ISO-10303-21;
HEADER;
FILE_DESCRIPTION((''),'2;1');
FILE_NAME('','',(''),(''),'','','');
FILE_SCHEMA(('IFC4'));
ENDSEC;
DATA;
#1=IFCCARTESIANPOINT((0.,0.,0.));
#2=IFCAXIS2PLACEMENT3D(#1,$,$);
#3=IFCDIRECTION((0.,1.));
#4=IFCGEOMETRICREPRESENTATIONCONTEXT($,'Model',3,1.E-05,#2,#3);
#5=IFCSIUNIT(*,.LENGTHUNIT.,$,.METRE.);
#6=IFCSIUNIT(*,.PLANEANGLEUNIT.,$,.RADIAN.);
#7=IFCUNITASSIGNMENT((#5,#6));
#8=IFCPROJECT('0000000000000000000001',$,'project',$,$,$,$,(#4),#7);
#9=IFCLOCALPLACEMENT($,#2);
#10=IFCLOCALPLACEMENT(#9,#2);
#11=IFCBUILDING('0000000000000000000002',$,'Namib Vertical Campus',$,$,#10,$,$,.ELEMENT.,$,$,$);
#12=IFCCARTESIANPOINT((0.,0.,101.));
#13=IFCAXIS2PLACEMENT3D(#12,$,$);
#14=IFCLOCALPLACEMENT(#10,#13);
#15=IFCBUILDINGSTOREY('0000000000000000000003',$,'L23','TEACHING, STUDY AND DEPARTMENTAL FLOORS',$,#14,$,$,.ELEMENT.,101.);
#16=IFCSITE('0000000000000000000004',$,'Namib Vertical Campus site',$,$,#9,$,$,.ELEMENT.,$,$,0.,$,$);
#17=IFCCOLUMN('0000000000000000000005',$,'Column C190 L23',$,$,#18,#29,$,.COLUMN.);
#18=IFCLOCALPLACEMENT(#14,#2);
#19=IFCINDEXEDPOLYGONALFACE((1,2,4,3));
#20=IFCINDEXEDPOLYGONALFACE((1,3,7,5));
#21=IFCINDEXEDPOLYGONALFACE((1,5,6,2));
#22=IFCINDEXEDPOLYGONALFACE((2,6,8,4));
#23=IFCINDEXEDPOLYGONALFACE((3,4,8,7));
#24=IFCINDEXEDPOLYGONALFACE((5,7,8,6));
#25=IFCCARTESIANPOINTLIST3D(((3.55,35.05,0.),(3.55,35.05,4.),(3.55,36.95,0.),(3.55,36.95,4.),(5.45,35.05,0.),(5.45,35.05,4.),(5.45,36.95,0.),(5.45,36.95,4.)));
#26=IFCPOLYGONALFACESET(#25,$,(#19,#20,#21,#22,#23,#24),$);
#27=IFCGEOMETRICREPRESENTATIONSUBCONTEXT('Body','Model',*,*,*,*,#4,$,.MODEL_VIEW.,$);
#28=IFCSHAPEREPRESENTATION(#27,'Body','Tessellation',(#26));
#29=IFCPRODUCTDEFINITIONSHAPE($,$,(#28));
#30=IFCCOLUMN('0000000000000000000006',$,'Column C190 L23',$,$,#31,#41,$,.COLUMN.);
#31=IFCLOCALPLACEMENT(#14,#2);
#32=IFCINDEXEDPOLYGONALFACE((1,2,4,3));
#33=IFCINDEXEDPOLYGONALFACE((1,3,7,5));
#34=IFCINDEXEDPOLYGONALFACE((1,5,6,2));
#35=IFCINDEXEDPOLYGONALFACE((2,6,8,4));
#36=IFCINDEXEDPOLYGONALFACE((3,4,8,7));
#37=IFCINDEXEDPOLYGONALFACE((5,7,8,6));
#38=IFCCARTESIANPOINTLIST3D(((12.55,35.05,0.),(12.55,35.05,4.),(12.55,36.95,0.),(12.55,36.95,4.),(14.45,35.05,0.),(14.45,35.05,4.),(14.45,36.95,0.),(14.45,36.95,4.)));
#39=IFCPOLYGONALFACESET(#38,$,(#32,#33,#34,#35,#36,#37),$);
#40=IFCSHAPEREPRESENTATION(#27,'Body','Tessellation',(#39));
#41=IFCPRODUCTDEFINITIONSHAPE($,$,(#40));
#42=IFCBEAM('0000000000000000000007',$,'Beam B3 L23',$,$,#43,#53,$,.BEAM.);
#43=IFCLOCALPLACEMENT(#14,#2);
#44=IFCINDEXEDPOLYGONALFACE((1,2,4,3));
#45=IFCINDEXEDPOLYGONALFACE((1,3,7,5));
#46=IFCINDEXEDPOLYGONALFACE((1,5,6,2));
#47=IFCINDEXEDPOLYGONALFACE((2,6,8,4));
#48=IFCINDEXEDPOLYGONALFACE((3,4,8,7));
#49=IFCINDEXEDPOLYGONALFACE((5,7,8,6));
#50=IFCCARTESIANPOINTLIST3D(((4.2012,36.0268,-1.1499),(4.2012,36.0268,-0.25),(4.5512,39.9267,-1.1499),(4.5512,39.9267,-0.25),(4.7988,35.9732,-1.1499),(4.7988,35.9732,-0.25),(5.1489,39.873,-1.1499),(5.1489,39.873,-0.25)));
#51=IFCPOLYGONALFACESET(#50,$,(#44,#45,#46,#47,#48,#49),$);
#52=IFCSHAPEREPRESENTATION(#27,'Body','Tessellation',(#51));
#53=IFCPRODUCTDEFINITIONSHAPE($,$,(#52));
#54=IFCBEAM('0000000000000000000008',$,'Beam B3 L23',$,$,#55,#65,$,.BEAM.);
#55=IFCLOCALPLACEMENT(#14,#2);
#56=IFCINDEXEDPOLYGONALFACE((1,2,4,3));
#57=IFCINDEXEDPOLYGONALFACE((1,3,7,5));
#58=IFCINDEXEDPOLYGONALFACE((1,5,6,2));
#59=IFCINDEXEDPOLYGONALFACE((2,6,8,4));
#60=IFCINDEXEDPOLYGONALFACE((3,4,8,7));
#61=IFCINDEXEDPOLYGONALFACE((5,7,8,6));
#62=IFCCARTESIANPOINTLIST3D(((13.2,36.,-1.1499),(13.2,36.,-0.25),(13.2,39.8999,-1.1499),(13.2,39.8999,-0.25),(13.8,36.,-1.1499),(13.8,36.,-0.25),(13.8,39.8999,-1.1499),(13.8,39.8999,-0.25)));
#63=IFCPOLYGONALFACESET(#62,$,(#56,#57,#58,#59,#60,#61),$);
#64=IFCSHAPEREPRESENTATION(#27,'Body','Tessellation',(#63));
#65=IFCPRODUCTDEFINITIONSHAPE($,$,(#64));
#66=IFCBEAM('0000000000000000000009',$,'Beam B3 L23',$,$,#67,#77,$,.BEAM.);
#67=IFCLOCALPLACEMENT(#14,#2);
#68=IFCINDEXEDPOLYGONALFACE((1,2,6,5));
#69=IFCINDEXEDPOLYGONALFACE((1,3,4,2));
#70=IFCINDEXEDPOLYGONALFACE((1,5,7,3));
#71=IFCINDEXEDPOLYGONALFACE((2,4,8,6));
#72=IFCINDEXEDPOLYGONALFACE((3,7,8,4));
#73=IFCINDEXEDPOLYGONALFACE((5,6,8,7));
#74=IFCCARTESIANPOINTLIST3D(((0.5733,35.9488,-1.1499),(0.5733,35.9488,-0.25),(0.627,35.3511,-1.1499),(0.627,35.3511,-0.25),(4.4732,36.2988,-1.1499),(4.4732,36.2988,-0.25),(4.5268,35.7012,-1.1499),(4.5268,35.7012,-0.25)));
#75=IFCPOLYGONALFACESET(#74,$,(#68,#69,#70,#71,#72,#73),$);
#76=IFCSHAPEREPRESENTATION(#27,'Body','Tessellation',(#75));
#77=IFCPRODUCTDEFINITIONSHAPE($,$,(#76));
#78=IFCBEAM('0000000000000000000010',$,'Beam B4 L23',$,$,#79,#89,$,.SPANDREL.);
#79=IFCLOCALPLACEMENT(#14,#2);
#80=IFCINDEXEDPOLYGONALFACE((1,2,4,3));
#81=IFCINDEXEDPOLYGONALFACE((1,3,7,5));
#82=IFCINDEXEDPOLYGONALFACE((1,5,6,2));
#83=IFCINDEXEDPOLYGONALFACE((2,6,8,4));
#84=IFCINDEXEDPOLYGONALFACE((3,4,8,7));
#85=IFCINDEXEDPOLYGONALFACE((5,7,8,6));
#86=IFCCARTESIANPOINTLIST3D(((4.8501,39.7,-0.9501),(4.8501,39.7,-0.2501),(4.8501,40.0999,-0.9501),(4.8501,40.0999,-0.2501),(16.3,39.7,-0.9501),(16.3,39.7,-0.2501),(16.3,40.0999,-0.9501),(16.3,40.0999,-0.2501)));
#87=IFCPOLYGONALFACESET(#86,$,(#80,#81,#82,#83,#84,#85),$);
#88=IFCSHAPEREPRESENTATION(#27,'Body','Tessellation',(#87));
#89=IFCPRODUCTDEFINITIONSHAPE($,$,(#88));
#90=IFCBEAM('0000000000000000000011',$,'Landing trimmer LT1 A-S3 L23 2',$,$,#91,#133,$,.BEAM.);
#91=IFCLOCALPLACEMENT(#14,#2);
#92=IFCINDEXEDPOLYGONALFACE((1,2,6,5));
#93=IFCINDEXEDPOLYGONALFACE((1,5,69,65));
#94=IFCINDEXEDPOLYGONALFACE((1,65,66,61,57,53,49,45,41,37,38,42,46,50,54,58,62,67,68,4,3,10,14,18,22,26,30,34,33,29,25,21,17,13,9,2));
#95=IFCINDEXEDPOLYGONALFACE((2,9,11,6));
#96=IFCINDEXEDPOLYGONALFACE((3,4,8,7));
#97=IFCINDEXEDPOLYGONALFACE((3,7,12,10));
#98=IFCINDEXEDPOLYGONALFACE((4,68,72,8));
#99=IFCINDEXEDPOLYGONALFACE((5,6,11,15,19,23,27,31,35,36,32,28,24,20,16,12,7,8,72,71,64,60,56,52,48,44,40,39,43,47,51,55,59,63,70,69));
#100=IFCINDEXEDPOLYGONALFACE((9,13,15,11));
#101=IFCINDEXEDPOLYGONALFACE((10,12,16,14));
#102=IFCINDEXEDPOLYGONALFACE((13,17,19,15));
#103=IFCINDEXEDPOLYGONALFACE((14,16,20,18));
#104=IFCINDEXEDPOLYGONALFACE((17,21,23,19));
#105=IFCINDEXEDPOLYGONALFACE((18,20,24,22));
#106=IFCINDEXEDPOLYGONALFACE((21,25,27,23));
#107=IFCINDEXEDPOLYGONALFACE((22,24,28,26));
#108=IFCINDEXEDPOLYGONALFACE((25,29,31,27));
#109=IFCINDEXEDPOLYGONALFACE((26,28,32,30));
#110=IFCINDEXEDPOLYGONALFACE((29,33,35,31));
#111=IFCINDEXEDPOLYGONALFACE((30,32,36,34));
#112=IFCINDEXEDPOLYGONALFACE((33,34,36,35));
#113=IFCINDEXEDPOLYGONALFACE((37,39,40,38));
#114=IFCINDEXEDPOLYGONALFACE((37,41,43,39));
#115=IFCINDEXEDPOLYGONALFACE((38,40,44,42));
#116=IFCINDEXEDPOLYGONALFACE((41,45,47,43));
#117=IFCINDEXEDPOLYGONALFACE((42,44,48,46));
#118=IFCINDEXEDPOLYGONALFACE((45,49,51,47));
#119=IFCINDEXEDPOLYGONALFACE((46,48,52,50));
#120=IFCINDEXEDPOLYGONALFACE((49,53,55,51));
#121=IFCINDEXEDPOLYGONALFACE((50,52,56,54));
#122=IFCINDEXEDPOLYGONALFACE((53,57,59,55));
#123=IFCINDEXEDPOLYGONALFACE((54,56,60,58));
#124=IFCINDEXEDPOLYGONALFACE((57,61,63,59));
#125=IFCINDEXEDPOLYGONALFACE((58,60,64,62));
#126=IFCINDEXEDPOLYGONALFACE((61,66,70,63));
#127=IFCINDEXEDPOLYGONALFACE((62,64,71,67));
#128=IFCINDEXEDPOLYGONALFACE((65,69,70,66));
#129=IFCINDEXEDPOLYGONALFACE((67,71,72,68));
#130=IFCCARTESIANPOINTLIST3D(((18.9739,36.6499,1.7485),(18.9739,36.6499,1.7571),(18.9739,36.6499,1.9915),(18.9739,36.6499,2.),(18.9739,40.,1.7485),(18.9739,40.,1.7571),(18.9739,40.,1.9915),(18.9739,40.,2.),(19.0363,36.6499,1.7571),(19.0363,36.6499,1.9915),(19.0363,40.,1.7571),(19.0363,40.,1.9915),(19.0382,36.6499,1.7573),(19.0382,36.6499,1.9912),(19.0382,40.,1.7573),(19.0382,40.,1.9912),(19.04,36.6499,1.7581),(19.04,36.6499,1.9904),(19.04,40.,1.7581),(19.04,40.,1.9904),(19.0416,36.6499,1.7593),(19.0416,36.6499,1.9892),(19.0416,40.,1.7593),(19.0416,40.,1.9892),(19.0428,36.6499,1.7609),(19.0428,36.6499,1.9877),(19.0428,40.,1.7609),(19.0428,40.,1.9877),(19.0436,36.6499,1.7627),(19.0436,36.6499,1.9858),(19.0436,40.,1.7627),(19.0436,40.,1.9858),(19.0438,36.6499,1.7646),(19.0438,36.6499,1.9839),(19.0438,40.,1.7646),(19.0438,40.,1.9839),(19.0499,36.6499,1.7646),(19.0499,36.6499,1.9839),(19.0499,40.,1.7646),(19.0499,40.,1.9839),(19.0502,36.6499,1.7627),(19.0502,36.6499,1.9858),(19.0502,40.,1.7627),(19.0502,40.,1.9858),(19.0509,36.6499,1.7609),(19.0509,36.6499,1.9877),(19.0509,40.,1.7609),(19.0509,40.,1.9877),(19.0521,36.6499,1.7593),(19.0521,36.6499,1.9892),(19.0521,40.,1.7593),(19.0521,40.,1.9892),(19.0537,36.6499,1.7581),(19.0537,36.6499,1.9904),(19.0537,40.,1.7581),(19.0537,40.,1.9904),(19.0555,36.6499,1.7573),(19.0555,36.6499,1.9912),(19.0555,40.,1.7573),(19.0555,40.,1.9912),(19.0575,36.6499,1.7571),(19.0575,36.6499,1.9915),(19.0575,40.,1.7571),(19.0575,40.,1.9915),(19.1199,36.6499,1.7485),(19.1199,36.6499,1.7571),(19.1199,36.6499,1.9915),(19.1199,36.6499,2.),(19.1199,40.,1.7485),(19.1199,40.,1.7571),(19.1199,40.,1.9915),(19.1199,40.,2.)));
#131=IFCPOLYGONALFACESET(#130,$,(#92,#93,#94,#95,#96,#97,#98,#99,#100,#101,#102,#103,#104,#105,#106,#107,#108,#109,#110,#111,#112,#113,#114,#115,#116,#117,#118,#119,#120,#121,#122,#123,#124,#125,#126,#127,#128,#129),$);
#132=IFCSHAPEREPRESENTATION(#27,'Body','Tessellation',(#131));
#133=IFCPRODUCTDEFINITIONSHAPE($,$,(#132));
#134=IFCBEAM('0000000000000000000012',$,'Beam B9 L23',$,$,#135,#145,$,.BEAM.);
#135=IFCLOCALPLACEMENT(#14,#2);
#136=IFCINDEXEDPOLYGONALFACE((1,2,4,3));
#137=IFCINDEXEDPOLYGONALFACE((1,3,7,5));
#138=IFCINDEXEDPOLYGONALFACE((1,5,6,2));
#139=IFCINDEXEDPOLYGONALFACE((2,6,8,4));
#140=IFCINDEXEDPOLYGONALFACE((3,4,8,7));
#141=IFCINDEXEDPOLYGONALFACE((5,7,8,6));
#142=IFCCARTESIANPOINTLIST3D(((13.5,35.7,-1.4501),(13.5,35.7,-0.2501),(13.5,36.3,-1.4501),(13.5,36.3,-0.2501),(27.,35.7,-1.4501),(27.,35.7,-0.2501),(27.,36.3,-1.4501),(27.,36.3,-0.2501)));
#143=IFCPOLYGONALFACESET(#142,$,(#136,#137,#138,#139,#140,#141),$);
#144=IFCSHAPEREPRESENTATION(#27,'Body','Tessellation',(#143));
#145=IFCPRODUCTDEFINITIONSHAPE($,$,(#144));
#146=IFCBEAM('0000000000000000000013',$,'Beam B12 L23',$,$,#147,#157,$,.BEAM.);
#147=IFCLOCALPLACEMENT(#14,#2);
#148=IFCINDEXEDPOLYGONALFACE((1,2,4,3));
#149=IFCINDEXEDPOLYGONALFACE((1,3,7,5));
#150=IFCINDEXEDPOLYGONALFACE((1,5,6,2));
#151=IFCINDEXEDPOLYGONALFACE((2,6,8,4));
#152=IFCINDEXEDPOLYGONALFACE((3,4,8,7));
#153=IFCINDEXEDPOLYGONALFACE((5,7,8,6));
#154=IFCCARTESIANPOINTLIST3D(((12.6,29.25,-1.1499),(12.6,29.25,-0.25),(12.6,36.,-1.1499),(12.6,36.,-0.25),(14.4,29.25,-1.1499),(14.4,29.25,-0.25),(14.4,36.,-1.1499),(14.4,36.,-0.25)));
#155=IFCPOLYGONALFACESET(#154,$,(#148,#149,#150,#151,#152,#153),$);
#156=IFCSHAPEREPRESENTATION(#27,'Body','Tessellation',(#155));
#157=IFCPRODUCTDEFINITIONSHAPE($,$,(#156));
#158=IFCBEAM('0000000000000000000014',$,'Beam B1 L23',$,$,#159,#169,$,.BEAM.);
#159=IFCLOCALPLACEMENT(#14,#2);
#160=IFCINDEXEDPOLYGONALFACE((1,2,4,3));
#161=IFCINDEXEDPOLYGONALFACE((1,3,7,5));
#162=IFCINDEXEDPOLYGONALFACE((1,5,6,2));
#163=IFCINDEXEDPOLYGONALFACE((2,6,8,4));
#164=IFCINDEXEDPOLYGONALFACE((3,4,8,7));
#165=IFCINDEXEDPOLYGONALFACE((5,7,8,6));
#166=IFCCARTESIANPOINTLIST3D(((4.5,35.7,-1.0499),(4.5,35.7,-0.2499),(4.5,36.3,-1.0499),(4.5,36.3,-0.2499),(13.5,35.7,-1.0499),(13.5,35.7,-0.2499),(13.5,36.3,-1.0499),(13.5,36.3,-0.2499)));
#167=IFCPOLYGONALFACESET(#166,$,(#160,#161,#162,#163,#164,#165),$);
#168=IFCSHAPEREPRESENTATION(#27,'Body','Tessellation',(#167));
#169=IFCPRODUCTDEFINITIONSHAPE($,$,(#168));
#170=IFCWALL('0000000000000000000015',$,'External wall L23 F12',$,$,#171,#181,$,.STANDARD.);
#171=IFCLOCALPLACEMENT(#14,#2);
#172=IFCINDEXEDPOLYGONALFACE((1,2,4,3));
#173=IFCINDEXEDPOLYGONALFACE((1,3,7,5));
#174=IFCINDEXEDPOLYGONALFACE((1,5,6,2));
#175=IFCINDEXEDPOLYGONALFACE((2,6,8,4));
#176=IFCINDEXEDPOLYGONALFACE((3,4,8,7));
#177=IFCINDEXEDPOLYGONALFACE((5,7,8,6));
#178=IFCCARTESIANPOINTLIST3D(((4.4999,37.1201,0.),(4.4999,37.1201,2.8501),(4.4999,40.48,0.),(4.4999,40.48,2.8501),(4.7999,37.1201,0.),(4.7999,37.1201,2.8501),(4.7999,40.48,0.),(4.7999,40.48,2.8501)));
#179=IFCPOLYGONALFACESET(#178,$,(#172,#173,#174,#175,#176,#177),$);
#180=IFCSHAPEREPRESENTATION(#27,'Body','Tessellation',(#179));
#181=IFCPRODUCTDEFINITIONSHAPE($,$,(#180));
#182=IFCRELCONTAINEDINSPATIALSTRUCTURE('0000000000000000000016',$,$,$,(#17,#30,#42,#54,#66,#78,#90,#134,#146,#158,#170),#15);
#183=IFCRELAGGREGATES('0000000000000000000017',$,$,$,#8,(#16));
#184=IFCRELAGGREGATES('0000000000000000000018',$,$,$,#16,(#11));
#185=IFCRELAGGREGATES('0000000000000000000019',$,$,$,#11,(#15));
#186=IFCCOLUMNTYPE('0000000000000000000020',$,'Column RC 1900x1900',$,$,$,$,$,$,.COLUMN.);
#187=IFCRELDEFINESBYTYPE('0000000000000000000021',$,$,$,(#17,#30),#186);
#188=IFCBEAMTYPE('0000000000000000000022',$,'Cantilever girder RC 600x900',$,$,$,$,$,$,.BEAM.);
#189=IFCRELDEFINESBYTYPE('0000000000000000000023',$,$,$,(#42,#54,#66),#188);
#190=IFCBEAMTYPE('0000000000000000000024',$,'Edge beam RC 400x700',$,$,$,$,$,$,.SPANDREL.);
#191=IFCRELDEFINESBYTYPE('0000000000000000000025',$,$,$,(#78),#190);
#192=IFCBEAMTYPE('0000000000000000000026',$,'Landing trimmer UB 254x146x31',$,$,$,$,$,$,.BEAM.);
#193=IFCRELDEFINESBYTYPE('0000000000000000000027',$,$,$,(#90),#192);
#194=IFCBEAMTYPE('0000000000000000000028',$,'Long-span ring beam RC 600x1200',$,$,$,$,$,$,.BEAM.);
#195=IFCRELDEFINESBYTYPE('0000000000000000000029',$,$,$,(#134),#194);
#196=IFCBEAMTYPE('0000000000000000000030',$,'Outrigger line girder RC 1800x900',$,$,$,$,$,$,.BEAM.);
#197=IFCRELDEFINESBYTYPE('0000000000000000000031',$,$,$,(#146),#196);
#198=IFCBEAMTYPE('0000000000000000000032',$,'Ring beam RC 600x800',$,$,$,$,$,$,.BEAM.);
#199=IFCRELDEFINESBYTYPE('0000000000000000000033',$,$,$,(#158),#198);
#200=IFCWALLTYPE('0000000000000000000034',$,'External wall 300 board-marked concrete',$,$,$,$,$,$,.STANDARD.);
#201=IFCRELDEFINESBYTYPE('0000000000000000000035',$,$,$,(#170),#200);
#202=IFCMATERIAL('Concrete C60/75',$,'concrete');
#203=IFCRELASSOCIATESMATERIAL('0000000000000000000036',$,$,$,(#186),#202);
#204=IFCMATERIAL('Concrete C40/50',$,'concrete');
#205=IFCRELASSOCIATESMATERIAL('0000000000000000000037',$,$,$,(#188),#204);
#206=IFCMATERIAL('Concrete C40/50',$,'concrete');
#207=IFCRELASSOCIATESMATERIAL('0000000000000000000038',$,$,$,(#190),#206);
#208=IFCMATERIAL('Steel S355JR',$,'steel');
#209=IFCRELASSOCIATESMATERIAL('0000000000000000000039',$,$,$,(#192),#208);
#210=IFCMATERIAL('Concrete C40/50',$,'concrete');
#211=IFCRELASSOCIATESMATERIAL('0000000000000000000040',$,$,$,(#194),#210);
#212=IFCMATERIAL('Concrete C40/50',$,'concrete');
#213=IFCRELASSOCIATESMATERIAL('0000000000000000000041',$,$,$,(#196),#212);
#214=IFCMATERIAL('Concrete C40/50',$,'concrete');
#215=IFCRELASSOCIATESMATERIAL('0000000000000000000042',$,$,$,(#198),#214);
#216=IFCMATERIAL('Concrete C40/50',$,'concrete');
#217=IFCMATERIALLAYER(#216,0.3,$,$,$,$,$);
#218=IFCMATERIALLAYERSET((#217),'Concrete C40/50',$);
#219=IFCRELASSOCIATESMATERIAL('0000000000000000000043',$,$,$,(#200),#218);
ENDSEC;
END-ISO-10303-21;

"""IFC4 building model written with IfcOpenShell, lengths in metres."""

from ifc_helpers import new_model, si_unit, direction, frame, frame_2d, origin, origin_2d, place, context, subcontext, project, spatial, rectangle, i_section, extrude, material, layer, layer_set, material_profile, profile_set, type_object, element, save


model = new_model("IFC4")

# Units and contexts
model_context = context("Model", 3, precision=1e-05, world=origin(), true_north=direction((0.0, 1.0)))
body_context = subcontext(model_context, "Body", "Model", "MODEL_VIEW")
ifc_project = project(units=[si_unit("LENGTHUNIT", "METRE"), si_unit("PLANEANGLEUNIT", "RADIAN")], contexts=[model_context])

# Site, building, storey
site_placement = place(None, origin())
site = spatial("IfcSite", under=ifc_project, at=site_placement, Name="Namib Vertical Campus site", CompositionType="ELEMENT", RefElevation=0.0)
building_placement = place(site_placement, origin())
building = spatial("IfcBuilding", under=site, at=building_placement, Name="Namib Vertical Campus", CompositionType="ELEMENT")
storey_placement = place(building_placement, frame((0.0, 0.0, 101.0)))
storey = spatial("IfcBuildingStorey", under=building, at=storey_placement, Name="L23", Description="TEACHING, STUDY AND DEPARTMENTAL FLOORS", CompositionType="ELEMENT", Elevation=101.0)

# Columns
ifc_material_1 = material(Name="Concrete C60/75", Category="concrete")
ifc_material_profile_1 = material_profile(ifc_material_1, rectangle(XDim=1.8999, YDim=1.8999, at=origin_2d()))
ifc_profile_set_1 = profile_set([ifc_material_profile_1], Name="Concrete C60/75")
column_type = type_object("IfcColumnType", Name="Column RC 1900x1900", PredefinedType="COLUMN", material=ifc_profile_set_1)
for number, where, z_axis, x_axis, name in (
    (1, (4.5, 36.0, 0.0), (0.0, 0.0, 1.0), (1.0, 0.0, 0.0), "Column C190 L23"),
    (2, (13.5, 36.0, 0.0), (0.0, 0.0, 1.0), (1.0, 0.0, 0.0), "Column C190 L23"),
):
    element("IfcColumn", number, at=place(storey_placement, frame(where, z_axis=z_axis, x_axis=x_axis)), inside=storey, type_object=column_type, Name=name, PredefinedType="COLUMN", context=body_context, shape_type="SweptSolid", body=[
        extrude(rectangle(XDim=1.8999, YDim=1.8999, at=origin_2d()), origin(), (0.0, 0.0, 1.0), 4.0),
    ])

# Beams
ifc_material_2 = material(Name="Concrete C40/50", Category="concrete")
ifc_material_profile_2 = material_profile(ifc_material_2, rectangle(XDim=0.6001, YDim=0.8999, at=origin_2d()))
ifc_profile_set_2 = profile_set([ifc_material_profile_2], Name="Concrete C40/50")
beam_type_1 = type_object("IfcBeamType", Name="Cantilever girder RC 600x900", PredefinedType="BEAM", material=ifc_profile_set_2)
beam_1_placement = place(storey_placement, frame((4.5, 36.0, -0.7), z_axis=(0.089411, 0.995995, 0.0), x_axis=(-0.995995, 0.089411, 0.0)))
element("IfcBeam", 3, at=beam_1_placement, inside=storey, type_object=beam_type_1, Name="Beam B3 L23", PredefinedType="BEAM", context=body_context, shape_type="SweptSolid", body=[
    extrude(rectangle(XDim=0.6001, YDim=0.8999, at=origin_2d()), origin(), (0.0, 0.0, 1.0), 3.9155),
])
beam_2_placement = place(storey_placement, frame((13.5, 36.0, -0.7), z_axis=(0.0, 1.0, 0.0), x_axis=(-1.0, 0.0, 0.0)))
element("IfcBeam", 4, at=beam_2_placement, inside=storey, type_object=beam_type_1, Name="Beam B3 L23", PredefinedType="BEAM", context=body_context, shape_type="SweptSolid", body=[
    extrude(rectangle(XDim=0.6001, YDim=0.8999, at=origin_2d()), origin(), (0.0, 0.0, 1.0), 3.8999),
])
beam_3_placement = place(storey_placement, frame((4.5, 36.0, -0.7), z_axis=(-0.995995, -0.089411, 0.0), x_axis=(0.089411, -0.995995, 0.0)))
element("IfcBeam", 5, at=beam_3_placement, inside=storey, type_object=beam_type_1, Name="Beam B3 L23", PredefinedType="BEAM", context=body_context, shape_type="SweptSolid", body=[
    extrude(rectangle(XDim=0.6001, YDim=0.8999, at=origin_2d()), origin(), (0.0, 0.0, 1.0), 3.9155),
])
ifc_material_3 = material(Name="Concrete C40/50", Category="concrete")
ifc_material_profile_3 = material_profile(ifc_material_3, rectangle(XDim=0.3999, YDim=0.7, at=origin_2d()))
ifc_profile_set_3 = profile_set([ifc_material_profile_3], Name="Concrete C40/50")
beam_type_2 = type_object("IfcBeamType", Name="Edge beam RC 400x700", PredefinedType="SPANDREL", material=ifc_profile_set_3)
beam_4_placement = place(storey_placement, frame((4.8501, 39.8999, -0.6001), z_axis=(1.0, 0.0, 0.0), x_axis=(0.0, 1.0, 0.0)))
element("IfcBeam", 6, at=beam_4_placement, inside=storey, type_object=beam_type_2, Name="Beam B4 L23", PredefinedType="SPANDREL", context=body_context, shape_type="SweptSolid", body=[
    extrude(rectangle(XDim=0.3999, YDim=0.7, at=origin_2d()), origin(), (0.0, 0.0, 1.0), 11.45),
])
ifc_material_4 = material(Name="Steel S355JR", Category="steel")
ifc_material_profile_4 = material_profile(ifc_material_4, i_section(OverallWidth=0.146, OverallDepth=0.2515, WebThickness=0.0061, FlangeThickness=0.0085, FilletRadius=0.0076, at=origin_2d()))
ifc_profile_set_4 = profile_set([ifc_material_profile_4], Name="Steel S355JR")
beam_type_3 = type_object("IfcBeamType", Name="Landing trimmer UB 254x146x31", PredefinedType="BEAM", material=ifc_profile_set_4)
beam_5_placement = place(storey_placement, frame((19.0469, 36.6499, 1.8743), z_axis=(0.0, 1.0, 0.0), x_axis=(-1.0, 0.0, 0.0)))
element("IfcBeam", 7, at=beam_5_placement, inside=storey, type_object=beam_type_3, Name="Landing trimmer LT1 A-S3 L23 2", PredefinedType="BEAM", context=body_context, shape_type="SweptSolid", body=[
    extrude(i_section(OverallWidth=0.146, OverallDepth=0.2515, WebThickness=0.0061, FlangeThickness=0.0085, FilletRadius=0.0076, at=origin_2d()), origin(), (0.0, 0.0, 1.0), 3.3501),
])
ifc_material_5 = material(Name="Concrete C40/50", Category="concrete")
ifc_material_profile_5 = material_profile(ifc_material_5, rectangle(XDim=0.6001, YDim=1.2, at=origin_2d()))
ifc_profile_set_5 = profile_set([ifc_material_profile_5], Name="Concrete C40/50")
beam_type_4 = type_object("IfcBeamType", Name="Long-span ring beam RC 600x1200", PredefinedType="BEAM", material=ifc_profile_set_5)
beam_6_placement = place(storey_placement, frame((13.5, 36.0, -0.8501), z_axis=(1.0, 0.0, 0.0), x_axis=(0.0, 1.0, 0.0)))
element("IfcBeam", 8, at=beam_6_placement, inside=storey, type_object=beam_type_4, Name="Beam B9 L23", PredefinedType="BEAM", context=body_context, shape_type="SweptSolid", body=[
    extrude(rectangle(XDim=0.6001, YDim=1.2, at=origin_2d()), origin(), (0.0, 0.0, 1.0), 13.5),
])
ifc_material_6 = material(Name="Concrete C40/50", Category="concrete")
ifc_material_profile_6 = material_profile(ifc_material_6, rectangle(XDim=1.8, YDim=0.8999, at=origin_2d()))
ifc_profile_set_6 = profile_set([ifc_material_profile_6], Name="Concrete C40/50")
beam_type_5 = type_object("IfcBeamType", Name="Outrigger line girder RC 1800x900", PredefinedType="BEAM", material=ifc_profile_set_6)
beam_7_placement = place(storey_placement, frame((13.5, 36.0, -0.7), z_axis=(0.0, -1.0, 0.0), x_axis=(1.0, 0.0, 0.0)))
element("IfcBeam", 9, at=beam_7_placement, inside=storey, type_object=beam_type_5, Name="Beam B12 L23", PredefinedType="BEAM", context=body_context, shape_type="SweptSolid", body=[
    extrude(rectangle(XDim=1.8, YDim=0.8999, at=origin_2d()), origin(), (0.0, 0.0, 1.0), 6.75),
])
ifc_material_7 = material(Name="Concrete C40/50", Category="concrete")
ifc_material_profile_7 = material_profile(ifc_material_7, rectangle(XDim=0.6001, YDim=0.8, at=origin_2d()))
ifc_profile_set_7 = profile_set([ifc_material_profile_7], Name="Concrete C40/50")
beam_type_6 = type_object("IfcBeamType", Name="Ring beam RC 600x800", PredefinedType="BEAM", material=ifc_profile_set_7)
beam_8_placement = place(storey_placement, frame((4.5, 36.0, -0.6499), z_axis=(1.0, 0.0, 0.0), x_axis=(0.0, 1.0, 0.0)))
element("IfcBeam", 10, at=beam_8_placement, inside=storey, type_object=beam_type_6, Name="Beam B1 L23", PredefinedType="BEAM", context=body_context, shape_type="SweptSolid", body=[
    extrude(rectangle(XDim=0.6001, YDim=0.8, at=origin_2d()), origin(), (0.0, 0.0, 1.0), 9.0),
])

# Wall
ifc_material_8 = material(Name="Concrete C40/50", Category="concrete")
ifc_layer_1 = layer(ifc_material_8, 0.3)
ifc_layer_set_1 = layer_set([ifc_layer_1], Name="Concrete C40/50")
wall_type_1 = type_object("IfcWallType", Name="External wall 300 board-marked concrete", PredefinedType="STANDARD", material=ifc_layer_set_1)
wall_1_placement = place(storey_placement, frame((4.6499, 40.48, 0.0), z_axis=(0.0, 0.0, 1.0), x_axis=(0.0, -1.0, 0.0)))
element("IfcWall", 11, at=wall_1_placement, inside=storey, type_object=wall_type_1, Name="External wall L23 F12", PredefinedType="STANDARD", context=body_context, shape_type="SweptSolid", body=[
    extrude(rectangle(XDim=3.3599, YDim=0.3, at=frame_2d((1.6799, 0.0))), origin(), (0.0, 0.0, 1.0), 2.8501),
])

save(model, "model.ifc")
